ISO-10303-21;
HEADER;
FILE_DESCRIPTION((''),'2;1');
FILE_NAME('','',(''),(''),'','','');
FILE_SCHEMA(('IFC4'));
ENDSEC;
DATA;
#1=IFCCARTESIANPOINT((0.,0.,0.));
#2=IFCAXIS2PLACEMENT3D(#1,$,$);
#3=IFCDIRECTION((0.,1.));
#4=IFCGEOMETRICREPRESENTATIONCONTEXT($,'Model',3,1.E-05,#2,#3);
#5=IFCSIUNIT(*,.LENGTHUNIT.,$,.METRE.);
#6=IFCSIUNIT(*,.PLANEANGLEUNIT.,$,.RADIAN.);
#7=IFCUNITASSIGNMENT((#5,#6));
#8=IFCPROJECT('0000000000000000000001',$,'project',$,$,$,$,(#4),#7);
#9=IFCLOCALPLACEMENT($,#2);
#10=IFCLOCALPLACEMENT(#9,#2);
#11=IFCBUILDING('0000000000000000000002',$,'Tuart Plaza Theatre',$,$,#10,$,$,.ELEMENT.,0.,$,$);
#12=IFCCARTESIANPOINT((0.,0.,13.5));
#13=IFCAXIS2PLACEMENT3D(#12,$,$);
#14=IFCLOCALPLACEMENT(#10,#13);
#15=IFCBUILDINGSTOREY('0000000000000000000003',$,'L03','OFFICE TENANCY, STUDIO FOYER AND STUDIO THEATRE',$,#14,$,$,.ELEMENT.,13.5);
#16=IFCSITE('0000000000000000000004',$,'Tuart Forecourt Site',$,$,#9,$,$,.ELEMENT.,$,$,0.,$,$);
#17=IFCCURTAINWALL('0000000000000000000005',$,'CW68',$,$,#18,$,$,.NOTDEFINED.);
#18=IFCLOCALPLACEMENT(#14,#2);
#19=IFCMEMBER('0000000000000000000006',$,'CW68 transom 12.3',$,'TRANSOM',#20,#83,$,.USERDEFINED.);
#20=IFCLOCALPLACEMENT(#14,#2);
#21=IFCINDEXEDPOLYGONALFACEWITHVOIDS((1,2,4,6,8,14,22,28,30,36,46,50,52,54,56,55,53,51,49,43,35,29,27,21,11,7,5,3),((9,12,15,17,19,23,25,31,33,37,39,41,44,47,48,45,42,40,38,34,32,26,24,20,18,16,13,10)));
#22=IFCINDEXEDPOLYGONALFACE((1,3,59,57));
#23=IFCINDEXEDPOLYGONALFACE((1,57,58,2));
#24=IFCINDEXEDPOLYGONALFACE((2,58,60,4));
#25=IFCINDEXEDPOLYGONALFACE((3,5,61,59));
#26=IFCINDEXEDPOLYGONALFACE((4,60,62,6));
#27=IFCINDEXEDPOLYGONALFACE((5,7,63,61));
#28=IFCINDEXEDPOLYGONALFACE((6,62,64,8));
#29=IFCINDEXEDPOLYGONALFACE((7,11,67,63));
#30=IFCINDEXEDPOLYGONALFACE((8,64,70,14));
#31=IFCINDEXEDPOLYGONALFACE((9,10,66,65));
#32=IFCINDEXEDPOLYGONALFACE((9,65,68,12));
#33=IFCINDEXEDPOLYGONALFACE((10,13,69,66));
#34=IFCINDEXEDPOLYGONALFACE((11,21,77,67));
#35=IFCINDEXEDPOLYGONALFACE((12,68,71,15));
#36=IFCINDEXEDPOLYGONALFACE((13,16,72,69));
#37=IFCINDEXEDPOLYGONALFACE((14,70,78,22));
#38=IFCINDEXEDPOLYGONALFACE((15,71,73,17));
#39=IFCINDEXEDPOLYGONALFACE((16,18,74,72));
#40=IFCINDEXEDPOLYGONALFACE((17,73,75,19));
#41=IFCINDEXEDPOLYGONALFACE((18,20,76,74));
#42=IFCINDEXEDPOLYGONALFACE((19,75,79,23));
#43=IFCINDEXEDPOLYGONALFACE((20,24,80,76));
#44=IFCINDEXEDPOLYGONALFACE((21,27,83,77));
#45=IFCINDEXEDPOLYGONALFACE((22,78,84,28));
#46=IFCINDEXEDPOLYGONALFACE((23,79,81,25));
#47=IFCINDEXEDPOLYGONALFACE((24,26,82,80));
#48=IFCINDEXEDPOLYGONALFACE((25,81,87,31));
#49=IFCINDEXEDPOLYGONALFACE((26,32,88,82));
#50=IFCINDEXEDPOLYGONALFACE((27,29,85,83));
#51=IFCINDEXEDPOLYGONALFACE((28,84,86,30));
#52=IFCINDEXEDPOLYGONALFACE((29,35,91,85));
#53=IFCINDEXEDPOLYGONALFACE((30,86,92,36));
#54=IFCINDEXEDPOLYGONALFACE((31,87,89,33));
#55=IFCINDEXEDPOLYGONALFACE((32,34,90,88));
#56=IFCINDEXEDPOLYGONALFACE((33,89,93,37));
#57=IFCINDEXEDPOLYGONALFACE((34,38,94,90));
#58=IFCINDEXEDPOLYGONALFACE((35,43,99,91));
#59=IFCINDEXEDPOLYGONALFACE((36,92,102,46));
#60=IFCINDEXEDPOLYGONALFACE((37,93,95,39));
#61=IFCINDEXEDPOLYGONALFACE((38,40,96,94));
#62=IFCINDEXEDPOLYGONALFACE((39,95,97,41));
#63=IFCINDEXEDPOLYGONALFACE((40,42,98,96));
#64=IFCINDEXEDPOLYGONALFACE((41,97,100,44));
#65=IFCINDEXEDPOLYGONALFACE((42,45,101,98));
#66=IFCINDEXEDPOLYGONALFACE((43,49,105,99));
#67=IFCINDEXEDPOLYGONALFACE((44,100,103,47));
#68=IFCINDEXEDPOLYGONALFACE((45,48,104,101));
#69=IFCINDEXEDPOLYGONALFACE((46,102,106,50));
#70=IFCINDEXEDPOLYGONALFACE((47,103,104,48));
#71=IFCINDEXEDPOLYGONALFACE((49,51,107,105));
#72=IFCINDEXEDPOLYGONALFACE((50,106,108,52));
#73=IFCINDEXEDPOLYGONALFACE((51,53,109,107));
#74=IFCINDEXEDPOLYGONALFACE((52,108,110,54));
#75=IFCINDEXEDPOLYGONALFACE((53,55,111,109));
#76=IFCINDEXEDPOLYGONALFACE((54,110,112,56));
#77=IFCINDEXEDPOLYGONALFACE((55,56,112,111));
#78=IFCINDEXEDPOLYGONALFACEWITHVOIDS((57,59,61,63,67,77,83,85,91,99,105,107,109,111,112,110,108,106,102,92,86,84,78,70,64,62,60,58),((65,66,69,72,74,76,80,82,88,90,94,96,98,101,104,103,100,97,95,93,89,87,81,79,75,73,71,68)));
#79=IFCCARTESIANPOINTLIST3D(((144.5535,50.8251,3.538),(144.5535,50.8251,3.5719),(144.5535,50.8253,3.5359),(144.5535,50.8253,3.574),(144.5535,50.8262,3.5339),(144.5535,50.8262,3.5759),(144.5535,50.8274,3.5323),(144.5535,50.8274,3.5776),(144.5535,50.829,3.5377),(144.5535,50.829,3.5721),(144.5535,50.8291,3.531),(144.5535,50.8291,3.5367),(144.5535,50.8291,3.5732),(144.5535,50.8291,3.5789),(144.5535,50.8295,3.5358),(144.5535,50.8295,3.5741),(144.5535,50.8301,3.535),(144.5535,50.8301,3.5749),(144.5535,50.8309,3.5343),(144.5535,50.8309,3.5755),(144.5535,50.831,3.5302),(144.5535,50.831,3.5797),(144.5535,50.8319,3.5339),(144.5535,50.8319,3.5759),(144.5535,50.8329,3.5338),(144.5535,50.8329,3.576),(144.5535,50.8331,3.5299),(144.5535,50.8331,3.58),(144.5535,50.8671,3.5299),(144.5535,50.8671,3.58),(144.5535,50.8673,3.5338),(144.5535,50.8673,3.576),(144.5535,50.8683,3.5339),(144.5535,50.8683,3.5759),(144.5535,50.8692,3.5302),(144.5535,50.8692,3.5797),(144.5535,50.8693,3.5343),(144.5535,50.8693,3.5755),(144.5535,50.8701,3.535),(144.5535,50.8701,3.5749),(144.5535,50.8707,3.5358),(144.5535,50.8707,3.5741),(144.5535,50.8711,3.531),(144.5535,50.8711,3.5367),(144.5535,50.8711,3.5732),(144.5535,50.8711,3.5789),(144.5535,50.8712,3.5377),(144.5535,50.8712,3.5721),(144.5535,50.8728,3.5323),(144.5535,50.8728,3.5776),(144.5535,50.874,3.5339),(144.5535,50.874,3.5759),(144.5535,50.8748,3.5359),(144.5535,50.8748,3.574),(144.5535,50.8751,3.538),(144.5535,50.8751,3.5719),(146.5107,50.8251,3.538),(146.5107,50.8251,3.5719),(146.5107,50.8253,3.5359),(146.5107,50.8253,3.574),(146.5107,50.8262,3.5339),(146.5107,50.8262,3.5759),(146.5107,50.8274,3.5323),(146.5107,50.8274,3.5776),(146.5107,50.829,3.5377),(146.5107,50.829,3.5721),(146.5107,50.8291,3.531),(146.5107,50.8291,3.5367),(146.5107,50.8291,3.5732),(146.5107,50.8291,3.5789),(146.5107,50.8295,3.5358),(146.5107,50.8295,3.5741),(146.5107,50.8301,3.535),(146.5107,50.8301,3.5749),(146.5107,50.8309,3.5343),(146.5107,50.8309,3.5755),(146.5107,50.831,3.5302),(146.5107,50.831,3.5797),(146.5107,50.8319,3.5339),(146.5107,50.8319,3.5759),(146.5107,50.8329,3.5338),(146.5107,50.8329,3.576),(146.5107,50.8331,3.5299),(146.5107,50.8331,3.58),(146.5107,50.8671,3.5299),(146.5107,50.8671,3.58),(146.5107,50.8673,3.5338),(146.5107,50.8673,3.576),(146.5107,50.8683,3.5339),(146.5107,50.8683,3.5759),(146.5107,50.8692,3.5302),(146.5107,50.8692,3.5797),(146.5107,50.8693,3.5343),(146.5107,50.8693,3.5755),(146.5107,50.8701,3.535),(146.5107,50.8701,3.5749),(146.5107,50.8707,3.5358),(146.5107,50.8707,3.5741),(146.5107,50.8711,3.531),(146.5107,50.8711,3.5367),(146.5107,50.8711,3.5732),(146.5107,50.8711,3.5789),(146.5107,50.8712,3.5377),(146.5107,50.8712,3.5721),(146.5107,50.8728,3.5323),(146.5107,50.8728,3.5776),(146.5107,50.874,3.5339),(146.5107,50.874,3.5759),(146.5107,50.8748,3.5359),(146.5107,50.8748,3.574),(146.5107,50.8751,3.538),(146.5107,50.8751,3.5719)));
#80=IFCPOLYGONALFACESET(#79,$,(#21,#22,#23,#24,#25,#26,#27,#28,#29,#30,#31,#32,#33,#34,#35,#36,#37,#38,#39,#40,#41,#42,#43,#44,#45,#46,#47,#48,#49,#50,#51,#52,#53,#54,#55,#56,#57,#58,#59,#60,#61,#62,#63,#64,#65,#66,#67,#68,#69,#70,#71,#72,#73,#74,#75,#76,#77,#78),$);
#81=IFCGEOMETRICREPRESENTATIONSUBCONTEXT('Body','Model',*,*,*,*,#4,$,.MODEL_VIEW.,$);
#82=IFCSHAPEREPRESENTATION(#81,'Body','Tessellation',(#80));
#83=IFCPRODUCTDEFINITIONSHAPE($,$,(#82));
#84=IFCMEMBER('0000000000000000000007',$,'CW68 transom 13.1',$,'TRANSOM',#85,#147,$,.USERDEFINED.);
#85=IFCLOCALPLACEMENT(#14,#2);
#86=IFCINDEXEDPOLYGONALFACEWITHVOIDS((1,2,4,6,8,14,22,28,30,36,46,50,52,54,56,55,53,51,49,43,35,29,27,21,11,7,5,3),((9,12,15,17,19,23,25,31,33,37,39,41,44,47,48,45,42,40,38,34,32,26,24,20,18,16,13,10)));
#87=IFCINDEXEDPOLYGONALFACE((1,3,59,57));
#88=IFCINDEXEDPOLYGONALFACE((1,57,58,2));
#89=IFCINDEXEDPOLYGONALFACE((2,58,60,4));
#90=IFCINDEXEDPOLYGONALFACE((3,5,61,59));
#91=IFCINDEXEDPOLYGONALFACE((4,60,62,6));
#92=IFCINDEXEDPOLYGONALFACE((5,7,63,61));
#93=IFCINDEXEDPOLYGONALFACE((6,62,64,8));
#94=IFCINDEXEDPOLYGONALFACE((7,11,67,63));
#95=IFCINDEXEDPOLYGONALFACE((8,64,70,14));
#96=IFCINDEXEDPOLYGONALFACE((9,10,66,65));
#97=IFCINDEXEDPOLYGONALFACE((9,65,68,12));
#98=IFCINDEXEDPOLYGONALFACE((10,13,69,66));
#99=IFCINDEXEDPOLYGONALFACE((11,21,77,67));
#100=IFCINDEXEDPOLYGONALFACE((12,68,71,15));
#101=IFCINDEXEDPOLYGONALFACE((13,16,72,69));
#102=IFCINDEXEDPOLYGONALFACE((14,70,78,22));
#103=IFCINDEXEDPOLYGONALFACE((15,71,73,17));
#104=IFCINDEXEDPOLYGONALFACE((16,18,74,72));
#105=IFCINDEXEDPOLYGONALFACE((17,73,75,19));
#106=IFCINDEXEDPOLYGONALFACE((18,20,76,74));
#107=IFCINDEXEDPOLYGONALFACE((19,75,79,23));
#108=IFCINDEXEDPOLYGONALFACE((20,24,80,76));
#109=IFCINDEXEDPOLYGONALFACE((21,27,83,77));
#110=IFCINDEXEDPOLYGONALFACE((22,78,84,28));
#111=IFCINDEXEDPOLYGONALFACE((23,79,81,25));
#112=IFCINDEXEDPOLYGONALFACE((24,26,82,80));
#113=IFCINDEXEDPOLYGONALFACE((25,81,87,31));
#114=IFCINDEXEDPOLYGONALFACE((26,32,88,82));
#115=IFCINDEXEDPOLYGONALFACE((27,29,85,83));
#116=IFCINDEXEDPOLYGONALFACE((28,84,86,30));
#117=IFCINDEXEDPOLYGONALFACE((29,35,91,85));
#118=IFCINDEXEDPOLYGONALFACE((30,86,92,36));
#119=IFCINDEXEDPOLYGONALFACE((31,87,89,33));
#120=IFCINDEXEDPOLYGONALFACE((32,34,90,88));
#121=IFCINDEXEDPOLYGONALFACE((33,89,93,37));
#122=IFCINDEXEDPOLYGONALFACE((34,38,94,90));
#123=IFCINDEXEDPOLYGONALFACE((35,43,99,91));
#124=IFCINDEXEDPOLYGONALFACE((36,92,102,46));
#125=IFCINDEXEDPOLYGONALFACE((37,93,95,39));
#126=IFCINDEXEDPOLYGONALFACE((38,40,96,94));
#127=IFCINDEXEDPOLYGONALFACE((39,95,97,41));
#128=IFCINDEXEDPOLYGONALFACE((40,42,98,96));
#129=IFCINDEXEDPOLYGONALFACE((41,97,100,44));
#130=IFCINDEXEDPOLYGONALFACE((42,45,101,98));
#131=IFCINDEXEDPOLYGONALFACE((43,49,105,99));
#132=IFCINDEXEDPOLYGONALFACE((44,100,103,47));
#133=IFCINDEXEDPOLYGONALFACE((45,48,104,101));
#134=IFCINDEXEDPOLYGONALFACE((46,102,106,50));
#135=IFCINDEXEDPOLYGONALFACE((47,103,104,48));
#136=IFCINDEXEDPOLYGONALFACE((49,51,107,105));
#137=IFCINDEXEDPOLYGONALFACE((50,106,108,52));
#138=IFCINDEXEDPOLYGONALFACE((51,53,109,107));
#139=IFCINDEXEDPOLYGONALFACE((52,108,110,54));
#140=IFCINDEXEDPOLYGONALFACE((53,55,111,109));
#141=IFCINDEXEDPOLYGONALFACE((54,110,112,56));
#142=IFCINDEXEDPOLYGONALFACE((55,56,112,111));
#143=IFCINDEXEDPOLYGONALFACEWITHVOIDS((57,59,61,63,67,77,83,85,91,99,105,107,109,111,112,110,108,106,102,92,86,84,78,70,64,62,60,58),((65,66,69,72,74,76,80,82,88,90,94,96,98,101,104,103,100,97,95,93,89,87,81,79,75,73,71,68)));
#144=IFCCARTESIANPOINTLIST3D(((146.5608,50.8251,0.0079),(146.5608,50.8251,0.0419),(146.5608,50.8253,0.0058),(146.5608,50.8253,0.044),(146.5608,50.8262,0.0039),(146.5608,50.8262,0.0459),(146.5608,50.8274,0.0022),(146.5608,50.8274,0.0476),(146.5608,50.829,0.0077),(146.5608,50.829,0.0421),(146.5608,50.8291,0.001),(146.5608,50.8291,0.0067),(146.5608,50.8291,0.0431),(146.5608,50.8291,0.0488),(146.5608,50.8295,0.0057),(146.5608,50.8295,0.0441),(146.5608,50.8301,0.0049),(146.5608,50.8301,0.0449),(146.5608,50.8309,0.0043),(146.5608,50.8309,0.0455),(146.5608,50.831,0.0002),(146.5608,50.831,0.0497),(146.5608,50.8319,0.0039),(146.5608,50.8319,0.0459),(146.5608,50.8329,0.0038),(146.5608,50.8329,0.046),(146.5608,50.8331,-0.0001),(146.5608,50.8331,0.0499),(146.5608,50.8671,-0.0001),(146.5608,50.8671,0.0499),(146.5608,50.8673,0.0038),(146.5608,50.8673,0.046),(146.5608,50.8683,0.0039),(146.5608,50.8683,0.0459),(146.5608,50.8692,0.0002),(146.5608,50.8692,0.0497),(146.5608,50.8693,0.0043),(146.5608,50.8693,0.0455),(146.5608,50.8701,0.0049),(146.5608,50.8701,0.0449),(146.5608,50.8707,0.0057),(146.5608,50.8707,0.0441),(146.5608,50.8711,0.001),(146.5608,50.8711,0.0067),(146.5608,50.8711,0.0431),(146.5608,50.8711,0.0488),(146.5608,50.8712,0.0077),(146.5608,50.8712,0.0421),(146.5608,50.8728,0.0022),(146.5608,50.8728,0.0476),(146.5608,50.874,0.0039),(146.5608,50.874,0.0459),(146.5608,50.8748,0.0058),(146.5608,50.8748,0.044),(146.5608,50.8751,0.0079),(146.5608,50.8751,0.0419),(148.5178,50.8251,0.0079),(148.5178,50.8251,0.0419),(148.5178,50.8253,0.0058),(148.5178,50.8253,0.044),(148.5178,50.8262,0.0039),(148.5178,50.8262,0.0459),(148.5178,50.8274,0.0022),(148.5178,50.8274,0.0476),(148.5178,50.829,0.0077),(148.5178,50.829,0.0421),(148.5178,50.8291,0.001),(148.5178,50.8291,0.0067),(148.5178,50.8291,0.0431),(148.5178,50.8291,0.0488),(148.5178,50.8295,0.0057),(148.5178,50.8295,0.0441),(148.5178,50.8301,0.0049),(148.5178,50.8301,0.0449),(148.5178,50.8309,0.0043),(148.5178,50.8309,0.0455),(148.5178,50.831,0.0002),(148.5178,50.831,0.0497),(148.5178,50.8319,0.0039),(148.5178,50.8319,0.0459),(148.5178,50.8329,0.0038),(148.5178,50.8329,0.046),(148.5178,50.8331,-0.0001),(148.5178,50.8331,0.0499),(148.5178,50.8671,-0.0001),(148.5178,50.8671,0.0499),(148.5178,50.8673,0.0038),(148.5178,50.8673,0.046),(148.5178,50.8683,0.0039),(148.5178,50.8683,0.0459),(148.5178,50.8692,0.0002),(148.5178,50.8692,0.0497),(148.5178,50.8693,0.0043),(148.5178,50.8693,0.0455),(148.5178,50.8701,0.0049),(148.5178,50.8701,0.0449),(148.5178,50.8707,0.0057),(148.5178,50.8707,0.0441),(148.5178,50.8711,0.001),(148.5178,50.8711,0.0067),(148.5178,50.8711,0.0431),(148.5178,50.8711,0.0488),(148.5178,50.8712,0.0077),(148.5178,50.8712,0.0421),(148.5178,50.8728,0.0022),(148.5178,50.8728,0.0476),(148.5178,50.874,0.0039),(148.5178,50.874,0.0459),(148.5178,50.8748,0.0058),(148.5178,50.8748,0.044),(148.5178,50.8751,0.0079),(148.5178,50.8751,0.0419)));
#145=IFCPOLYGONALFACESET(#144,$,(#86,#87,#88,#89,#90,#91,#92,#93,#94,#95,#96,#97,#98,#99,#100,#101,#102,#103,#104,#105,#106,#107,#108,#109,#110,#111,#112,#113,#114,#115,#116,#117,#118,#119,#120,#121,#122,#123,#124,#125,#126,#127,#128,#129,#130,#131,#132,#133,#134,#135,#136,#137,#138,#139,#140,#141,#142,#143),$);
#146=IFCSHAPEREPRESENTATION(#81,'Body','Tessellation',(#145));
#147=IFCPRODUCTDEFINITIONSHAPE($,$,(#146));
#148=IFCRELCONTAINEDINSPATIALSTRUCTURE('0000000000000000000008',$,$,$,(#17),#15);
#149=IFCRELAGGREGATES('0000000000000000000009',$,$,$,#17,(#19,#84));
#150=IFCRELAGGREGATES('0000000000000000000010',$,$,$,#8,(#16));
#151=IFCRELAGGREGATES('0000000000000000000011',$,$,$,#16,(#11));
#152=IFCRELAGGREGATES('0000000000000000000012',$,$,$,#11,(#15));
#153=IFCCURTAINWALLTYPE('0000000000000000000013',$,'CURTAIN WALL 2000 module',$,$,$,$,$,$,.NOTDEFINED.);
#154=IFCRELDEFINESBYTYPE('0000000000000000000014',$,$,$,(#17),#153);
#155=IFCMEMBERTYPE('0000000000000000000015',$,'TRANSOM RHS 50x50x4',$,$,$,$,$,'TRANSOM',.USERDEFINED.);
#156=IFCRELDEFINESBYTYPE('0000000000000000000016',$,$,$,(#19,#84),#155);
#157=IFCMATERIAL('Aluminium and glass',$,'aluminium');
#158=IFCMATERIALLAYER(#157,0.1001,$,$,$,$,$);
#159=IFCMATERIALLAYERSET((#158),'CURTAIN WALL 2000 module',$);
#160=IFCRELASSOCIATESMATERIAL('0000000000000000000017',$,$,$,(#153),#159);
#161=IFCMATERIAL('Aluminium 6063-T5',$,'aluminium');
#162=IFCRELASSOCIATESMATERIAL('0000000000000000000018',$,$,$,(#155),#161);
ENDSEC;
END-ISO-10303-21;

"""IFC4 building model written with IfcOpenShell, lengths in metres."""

from ifc_helpers import new_model, si_unit, direction, frame, origin, origin_2d, place, context, subcontext, project, spatial, hollow_rectangle, extrude, material, layer, layer_set, material_profile, profile_set, type_object, element, aggregate, save


model = new_model("IFC4")

# Units and contexts
model_context = context("Model", 3, precision=1e-05, world=origin(), true_north=direction((0.0, 1.0)))
body_context = subcontext(model_context, "Body", "Model", "MODEL_VIEW")
ifc_project = project(units=[si_unit("LENGTHUNIT", "METRE"), si_unit("PLANEANGLEUNIT", "RADIAN")], contexts=[model_context])

# Site, building, storey
site_placement = place(None, origin())
site = spatial("IfcSite", under=ifc_project, at=site_placement, Name="Tuart Forecourt Site", CompositionType="ELEMENT", RefElevation=0.0)
building_placement = place(site_placement, origin())
building = spatial("IfcBuilding", under=site, at=building_placement, Name="Tuart Plaza Theatre", CompositionType="ELEMENT", ElevationOfRefHeight=0.0)
storey_placement = place(building_placement, frame((0.0, 0.0, 13.5)))
storey = spatial("IfcBuildingStorey", under=building, at=storey_placement, Name="L03", Description="OFFICE TENANCY, STUDIO FOYER AND STUDIO THEATRE", CompositionType="ELEMENT", Elevation=13.5)

# Curtain wall
ifc_material_1 = material(Name="Aluminium and glass", Category="aluminium")
ifc_layer_1 = layer(ifc_material_1, 0.1001)
ifc_layer_set_1 = layer_set([ifc_layer_1], Name="CURTAIN WALL 2000 module")
curtain_wall_type = type_object("IfcCurtainWallType", Name="CURTAIN WALL 2000 module", PredefinedType="NOTDEFINED", material=ifc_layer_set_1)
curtain_wall_1_placement = place(storey_placement, origin())
curtain_wall_1 = element("IfcCurtainWall", 1, at=curtain_wall_1_placement, inside=storey, type_object=curtain_wall_type, Name="CW68", PredefinedType="NOTDEFINED")

# Members
ifc_material_2 = material(Name="Aluminium 6063-T5", Category="aluminium")
ifc_material_profile_1 = material_profile(ifc_material_2, hollow_rectangle(XDim=0.05, YDim=0.05, WallThickness=0.0039, InnerFilletRadius=0.0039, OuterFilletRadius=0.0081, at=origin_2d()), Name="RHS 50x50x4")
ifc_profile_set_1 = profile_set([ifc_material_profile_1], Name="Aluminium 6063-T5")
member_type_1 = type_object("IfcMemberType", Name="TRANSOM RHS 50x50x4", ElementType="TRANSOM", PredefinedType="USERDEFINED", material=ifc_profile_set_1)
member_1_placement = place(storey_placement, frame((144.5535, 50.8501, 3.5549), z_axis=(1.0, 0.0, 0.0), x_axis=(0.0, 1.0, 0.0)))
member_1 = element("IfcMember", 2, at=member_1_placement, type_object=member_type_1, Name="CW68 transom 12.3", ObjectType="TRANSOM", PredefinedType="USERDEFINED", context=body_context, shape_type="SweptSolid", body=[
    extrude(hollow_rectangle(XDim=0.05, YDim=0.05, WallThickness=0.0039, InnerFilletRadius=0.0039, OuterFilletRadius=0.0081, at=origin_2d()), origin(), (0.0, 0.0, 1.0), 1.9573),
])
member_2_placement = place(storey_placement, frame((146.5608, 50.8501, 0.0249), z_axis=(1.0, 0.0, 0.0), x_axis=(0.0, 1.0, 0.0)))
member_2 = element("IfcMember", 3, at=member_2_placement, type_object=member_type_1, Name="CW68 transom 13.1", ObjectType="TRANSOM", PredefinedType="USERDEFINED", context=body_context, shape_type="SweptSolid", body=[
    extrude(hollow_rectangle(XDim=0.05, YDim=0.05, WallThickness=0.0039, InnerFilletRadius=0.0039, OuterFilletRadius=0.0081, at=origin_2d()), origin(), (0.0, 0.0, 1.0), 1.957),
])

aggregate(curtain_wall_1, [member_1, member_2])

save(model, "model.ifc")
